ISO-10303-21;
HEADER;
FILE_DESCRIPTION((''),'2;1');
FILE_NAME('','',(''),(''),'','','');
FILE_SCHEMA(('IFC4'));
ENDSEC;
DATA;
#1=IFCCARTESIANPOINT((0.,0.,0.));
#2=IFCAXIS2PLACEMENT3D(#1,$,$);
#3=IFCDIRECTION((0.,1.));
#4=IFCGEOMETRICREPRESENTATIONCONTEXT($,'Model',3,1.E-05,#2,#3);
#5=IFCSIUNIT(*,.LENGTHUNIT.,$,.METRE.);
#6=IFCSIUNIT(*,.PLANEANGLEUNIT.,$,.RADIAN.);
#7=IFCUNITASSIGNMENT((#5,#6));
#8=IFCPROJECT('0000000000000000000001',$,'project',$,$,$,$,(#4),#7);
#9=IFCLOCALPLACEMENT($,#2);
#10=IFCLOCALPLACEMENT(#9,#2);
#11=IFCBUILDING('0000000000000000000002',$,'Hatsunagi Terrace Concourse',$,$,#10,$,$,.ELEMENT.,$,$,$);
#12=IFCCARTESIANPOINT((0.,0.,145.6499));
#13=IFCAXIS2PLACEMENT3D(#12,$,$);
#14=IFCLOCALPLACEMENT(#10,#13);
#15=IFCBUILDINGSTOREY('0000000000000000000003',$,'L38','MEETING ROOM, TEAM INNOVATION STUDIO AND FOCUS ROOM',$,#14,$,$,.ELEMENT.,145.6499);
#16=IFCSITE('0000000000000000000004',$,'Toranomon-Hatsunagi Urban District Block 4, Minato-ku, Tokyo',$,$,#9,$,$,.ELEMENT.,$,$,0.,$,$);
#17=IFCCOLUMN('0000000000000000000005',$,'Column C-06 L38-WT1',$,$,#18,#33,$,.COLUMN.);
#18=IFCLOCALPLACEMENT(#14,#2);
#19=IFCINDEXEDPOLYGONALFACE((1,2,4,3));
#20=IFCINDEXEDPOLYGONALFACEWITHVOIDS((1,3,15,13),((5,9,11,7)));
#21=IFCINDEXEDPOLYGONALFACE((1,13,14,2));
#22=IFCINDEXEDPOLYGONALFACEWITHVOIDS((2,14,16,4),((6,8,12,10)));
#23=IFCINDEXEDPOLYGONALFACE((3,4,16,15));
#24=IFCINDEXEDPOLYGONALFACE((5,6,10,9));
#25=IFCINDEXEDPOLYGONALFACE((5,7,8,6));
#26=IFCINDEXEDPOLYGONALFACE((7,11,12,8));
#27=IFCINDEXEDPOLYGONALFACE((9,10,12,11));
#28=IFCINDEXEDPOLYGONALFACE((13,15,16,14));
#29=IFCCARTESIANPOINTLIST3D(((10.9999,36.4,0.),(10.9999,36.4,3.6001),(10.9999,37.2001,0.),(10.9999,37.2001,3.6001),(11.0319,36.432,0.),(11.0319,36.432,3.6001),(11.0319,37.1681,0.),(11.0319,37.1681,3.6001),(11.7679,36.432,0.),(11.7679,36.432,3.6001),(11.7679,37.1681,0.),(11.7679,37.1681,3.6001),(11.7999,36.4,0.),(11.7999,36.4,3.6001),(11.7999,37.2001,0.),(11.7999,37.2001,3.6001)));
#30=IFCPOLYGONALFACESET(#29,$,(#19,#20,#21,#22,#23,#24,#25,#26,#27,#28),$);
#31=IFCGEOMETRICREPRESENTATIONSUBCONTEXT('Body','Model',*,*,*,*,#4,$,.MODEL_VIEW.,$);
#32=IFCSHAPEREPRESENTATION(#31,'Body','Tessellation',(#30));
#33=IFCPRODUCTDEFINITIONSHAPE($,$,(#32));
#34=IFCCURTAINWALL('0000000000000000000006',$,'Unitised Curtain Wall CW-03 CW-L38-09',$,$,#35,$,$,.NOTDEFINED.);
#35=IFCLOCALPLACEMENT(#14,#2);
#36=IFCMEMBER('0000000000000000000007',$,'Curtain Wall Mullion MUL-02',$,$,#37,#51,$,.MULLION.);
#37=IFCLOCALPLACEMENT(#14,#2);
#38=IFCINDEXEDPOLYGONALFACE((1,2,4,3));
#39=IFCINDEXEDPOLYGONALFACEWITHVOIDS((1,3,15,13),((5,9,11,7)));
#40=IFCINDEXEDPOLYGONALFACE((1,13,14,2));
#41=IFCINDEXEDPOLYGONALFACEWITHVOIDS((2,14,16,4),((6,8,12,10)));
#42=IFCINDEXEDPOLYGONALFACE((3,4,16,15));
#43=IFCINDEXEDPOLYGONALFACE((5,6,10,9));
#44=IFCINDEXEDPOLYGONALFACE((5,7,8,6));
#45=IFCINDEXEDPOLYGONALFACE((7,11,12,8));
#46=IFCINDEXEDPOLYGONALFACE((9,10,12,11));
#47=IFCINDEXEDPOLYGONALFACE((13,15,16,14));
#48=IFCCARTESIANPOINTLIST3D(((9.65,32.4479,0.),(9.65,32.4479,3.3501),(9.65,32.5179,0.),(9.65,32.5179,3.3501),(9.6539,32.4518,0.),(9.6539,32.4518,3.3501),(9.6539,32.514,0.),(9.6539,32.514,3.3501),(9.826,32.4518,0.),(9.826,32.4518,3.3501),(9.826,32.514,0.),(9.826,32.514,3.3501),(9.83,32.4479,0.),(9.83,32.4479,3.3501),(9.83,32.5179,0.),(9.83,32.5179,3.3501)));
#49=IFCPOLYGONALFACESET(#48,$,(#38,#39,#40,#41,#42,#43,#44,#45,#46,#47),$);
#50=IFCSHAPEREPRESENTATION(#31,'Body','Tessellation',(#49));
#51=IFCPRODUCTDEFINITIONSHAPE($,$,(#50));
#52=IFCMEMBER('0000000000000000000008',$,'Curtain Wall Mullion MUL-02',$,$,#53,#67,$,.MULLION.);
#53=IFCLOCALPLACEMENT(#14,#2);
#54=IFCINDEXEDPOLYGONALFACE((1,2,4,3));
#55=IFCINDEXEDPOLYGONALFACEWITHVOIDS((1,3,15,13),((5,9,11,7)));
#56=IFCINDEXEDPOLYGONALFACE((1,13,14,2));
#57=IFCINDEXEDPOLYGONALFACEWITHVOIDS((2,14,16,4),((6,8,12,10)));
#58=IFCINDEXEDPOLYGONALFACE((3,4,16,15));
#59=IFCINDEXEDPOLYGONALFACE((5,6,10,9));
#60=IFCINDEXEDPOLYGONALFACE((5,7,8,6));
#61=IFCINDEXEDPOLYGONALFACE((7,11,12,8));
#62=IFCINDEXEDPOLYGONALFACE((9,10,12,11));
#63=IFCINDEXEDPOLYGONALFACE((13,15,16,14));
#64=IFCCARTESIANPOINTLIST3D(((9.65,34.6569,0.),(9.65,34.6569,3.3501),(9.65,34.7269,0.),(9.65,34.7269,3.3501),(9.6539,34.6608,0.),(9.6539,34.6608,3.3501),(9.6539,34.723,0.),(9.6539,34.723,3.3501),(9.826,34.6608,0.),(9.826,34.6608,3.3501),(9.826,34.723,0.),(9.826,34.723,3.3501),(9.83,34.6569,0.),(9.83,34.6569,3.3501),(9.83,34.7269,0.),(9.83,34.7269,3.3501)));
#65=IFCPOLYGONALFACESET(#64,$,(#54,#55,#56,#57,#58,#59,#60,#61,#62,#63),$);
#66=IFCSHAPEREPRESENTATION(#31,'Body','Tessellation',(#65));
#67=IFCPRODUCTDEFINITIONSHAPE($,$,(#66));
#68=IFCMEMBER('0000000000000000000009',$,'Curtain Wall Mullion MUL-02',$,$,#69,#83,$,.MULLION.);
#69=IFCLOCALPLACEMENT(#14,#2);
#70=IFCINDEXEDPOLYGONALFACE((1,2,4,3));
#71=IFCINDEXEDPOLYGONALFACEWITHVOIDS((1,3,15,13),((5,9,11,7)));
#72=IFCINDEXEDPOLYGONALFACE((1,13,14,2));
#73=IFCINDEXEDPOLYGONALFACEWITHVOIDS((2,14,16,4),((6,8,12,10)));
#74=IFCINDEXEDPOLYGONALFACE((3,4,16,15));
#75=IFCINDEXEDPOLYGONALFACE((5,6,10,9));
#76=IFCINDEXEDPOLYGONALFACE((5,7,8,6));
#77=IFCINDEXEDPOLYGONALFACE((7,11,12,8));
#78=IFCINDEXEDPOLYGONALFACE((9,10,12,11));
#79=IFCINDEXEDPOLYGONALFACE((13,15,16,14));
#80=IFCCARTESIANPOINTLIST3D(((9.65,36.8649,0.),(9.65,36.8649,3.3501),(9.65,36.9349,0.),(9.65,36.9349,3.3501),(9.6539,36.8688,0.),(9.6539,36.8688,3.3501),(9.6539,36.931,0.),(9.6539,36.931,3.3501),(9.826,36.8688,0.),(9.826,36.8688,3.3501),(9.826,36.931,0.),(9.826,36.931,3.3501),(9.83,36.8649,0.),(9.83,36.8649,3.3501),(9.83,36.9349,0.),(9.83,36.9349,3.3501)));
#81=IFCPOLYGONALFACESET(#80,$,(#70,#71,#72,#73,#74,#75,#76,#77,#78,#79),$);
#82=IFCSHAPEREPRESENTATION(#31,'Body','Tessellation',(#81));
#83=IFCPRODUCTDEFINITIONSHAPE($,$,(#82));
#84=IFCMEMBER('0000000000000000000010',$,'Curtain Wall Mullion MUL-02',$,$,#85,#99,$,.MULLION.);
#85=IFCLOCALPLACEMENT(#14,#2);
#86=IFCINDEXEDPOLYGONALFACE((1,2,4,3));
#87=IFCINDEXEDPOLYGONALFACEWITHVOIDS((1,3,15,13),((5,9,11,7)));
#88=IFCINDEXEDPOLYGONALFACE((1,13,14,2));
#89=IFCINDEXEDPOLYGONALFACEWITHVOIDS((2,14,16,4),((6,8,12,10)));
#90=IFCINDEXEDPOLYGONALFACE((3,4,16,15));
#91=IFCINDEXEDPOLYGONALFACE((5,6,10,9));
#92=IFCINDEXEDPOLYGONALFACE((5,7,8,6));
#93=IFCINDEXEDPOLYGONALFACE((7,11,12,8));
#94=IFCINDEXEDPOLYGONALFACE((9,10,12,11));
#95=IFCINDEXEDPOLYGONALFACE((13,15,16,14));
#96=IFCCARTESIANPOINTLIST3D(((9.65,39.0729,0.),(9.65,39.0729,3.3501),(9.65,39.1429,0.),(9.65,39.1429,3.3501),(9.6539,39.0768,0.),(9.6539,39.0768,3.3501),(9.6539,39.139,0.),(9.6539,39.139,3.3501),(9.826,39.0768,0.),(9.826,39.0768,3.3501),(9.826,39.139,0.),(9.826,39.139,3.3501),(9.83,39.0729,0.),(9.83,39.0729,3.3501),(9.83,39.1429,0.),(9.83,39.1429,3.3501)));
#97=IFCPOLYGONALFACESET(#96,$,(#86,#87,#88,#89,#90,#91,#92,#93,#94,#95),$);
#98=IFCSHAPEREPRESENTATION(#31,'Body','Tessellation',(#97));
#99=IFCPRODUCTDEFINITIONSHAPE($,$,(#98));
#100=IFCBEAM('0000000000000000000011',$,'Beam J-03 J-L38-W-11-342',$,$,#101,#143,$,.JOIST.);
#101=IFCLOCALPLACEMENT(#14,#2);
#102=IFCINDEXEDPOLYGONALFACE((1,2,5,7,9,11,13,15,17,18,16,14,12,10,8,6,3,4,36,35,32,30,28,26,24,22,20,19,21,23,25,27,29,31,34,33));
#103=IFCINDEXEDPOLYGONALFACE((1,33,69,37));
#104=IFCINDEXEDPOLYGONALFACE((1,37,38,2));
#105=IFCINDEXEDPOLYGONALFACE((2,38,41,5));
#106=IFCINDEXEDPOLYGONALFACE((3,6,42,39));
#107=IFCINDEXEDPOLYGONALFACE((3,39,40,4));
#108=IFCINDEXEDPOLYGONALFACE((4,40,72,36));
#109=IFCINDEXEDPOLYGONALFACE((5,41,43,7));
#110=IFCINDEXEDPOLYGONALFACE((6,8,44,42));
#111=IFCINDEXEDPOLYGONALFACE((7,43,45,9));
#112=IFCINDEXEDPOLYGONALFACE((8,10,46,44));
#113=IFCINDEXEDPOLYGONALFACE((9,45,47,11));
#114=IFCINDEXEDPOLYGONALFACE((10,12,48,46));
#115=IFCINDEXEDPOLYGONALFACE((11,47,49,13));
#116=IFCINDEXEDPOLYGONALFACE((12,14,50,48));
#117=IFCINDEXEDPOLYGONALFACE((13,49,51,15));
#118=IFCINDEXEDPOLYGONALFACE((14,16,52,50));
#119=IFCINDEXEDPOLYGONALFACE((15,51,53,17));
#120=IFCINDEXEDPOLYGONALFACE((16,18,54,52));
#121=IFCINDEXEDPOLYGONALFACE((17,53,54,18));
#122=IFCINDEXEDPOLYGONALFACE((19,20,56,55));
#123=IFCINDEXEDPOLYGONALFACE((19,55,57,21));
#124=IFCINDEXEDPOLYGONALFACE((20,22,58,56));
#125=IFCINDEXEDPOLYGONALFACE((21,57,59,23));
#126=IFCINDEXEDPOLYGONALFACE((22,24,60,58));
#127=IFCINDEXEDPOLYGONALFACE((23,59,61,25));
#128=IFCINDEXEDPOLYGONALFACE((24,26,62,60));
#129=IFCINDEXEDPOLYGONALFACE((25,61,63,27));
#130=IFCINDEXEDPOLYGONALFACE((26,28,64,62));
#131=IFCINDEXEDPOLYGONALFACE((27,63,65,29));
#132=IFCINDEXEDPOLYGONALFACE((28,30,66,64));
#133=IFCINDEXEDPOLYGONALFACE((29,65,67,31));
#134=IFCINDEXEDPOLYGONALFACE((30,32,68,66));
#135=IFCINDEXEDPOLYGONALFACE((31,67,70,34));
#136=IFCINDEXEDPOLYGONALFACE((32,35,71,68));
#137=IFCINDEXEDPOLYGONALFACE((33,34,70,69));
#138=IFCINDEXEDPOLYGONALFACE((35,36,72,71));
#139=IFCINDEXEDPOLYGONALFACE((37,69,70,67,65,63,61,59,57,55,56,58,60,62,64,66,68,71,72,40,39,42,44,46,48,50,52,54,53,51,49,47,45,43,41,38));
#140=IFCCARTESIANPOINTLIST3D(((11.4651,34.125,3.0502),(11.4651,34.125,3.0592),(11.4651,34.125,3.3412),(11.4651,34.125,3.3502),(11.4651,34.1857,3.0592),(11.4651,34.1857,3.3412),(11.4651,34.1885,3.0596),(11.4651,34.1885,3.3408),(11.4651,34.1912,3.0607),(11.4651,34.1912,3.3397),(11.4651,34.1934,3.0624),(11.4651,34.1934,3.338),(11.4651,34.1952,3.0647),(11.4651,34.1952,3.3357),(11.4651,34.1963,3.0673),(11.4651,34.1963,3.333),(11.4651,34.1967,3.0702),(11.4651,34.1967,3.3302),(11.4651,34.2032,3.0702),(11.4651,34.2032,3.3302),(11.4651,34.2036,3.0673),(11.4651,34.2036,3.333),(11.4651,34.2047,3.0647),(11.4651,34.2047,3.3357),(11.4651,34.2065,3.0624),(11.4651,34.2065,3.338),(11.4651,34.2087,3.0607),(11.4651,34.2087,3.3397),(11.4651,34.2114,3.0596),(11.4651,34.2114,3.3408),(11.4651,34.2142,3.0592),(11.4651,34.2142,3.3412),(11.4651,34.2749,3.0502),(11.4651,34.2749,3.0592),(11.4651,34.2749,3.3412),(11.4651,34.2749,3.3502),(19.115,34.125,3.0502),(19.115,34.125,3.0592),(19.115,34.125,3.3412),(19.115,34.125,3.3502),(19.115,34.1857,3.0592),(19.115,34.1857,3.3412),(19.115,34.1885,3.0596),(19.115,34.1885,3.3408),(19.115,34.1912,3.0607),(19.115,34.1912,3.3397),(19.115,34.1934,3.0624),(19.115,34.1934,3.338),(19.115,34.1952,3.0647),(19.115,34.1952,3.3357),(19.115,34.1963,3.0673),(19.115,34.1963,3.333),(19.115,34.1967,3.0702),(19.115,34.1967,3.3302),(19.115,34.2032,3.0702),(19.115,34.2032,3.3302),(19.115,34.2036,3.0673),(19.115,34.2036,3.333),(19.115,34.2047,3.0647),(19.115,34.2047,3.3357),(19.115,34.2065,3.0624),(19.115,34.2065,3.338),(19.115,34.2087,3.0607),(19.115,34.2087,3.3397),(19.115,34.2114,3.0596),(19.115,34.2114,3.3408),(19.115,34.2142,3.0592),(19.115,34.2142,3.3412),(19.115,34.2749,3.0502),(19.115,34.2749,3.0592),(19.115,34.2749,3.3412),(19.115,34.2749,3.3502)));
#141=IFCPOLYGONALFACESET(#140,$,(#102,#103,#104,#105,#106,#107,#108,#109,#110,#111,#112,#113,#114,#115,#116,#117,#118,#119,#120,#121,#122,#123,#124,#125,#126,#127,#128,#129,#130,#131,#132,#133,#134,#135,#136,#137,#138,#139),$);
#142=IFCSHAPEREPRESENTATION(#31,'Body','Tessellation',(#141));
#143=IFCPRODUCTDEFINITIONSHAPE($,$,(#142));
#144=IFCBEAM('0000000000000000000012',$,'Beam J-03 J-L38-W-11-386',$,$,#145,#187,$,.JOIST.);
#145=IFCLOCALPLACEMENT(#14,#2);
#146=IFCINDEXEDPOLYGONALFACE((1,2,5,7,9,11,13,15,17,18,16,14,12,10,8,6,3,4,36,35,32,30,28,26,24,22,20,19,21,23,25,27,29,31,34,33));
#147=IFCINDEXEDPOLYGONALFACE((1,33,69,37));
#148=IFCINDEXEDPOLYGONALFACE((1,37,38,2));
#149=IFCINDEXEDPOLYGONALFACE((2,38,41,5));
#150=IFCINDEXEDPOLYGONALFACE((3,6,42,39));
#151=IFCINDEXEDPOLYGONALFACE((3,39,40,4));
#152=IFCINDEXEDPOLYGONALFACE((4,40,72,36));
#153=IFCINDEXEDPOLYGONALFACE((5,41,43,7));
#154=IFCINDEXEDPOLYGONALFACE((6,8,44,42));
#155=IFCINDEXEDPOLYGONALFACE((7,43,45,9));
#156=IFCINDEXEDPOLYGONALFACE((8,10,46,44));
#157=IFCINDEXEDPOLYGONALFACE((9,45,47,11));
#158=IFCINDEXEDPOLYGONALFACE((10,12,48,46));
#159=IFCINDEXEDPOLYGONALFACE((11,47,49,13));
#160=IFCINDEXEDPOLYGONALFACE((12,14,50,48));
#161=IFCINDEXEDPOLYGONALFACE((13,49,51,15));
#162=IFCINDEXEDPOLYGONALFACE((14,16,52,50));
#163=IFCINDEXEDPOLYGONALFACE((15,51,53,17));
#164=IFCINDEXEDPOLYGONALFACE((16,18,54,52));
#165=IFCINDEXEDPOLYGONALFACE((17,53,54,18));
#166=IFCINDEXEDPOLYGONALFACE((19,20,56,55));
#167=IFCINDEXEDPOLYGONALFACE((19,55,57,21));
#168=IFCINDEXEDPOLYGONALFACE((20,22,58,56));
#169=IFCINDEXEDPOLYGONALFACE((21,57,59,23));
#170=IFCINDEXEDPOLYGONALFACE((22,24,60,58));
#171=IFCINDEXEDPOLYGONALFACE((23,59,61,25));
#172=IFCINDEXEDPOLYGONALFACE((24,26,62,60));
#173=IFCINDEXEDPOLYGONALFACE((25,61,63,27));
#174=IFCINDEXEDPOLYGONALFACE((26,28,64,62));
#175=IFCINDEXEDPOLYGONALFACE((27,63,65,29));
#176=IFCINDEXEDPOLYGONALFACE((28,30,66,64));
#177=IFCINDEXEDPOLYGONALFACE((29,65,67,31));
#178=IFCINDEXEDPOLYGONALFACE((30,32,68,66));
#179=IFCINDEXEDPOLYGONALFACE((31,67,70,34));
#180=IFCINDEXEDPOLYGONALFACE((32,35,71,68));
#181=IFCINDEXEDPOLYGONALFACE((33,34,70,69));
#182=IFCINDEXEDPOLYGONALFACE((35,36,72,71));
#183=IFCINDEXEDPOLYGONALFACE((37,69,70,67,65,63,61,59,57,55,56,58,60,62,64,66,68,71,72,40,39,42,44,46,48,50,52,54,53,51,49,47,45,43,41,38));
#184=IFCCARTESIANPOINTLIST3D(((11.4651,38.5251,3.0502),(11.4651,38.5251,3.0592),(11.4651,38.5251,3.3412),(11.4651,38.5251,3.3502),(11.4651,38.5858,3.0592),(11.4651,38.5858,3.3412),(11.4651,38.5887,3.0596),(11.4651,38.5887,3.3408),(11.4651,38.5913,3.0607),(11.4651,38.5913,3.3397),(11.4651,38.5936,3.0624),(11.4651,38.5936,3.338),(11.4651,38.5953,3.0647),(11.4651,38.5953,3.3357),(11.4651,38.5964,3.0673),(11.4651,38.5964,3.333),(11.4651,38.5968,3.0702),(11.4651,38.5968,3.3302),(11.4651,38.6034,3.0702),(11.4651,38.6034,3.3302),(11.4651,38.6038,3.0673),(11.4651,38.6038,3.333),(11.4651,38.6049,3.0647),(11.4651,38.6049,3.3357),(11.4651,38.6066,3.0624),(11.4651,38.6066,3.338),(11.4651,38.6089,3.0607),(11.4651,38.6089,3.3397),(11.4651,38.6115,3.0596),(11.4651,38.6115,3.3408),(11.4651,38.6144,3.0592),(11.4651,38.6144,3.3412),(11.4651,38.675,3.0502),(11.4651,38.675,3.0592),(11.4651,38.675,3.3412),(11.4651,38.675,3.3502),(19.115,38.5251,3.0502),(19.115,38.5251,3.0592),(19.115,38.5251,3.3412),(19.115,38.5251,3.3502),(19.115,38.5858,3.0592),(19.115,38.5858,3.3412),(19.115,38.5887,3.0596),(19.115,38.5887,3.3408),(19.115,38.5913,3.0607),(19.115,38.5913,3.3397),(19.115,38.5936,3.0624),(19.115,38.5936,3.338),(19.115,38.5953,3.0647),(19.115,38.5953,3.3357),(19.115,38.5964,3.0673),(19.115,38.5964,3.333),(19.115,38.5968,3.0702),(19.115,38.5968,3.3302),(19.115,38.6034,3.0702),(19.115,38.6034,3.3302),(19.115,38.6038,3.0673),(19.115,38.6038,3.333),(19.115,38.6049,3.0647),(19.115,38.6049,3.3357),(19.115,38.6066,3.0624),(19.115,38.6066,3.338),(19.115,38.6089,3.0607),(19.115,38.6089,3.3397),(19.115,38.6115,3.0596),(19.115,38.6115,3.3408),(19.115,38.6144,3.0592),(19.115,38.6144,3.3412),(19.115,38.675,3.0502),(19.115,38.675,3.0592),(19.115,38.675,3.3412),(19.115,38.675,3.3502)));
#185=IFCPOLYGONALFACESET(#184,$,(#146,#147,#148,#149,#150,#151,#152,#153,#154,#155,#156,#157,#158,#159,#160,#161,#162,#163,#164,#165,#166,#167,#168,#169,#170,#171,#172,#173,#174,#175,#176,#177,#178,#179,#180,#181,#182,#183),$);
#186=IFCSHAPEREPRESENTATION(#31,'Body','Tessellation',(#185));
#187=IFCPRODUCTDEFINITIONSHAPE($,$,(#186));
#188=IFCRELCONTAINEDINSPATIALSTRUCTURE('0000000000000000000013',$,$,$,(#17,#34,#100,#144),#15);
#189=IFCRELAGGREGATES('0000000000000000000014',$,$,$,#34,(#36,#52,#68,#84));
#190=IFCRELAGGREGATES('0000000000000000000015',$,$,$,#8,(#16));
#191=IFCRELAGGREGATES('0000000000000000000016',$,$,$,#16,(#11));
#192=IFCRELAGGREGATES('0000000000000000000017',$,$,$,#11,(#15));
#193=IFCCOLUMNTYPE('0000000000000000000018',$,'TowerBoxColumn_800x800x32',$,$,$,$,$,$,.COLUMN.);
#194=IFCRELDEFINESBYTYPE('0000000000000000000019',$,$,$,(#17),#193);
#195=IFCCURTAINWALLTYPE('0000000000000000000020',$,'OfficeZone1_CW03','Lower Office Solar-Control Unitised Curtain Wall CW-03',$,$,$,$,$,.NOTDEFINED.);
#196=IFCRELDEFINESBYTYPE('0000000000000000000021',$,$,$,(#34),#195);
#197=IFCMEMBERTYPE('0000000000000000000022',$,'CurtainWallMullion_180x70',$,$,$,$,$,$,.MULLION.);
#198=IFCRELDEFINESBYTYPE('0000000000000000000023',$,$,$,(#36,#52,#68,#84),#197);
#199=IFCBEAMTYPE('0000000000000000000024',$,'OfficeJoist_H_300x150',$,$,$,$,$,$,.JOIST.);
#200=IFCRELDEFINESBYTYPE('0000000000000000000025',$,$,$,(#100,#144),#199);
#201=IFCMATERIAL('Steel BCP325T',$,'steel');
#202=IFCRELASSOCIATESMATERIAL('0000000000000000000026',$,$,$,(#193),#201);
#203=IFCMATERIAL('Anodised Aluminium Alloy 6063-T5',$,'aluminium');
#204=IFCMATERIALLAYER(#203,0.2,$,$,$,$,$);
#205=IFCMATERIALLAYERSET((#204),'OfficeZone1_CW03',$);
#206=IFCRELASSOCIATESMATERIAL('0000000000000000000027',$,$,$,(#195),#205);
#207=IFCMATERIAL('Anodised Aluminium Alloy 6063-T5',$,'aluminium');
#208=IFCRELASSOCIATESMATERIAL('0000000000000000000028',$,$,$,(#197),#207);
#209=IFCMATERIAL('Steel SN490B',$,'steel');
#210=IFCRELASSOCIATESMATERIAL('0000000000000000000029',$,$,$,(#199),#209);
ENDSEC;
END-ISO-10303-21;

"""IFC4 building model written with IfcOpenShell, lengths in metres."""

from ifc_helpers import new_model, si_unit, direction, frame, origin, origin_2d, place, context, subcontext, project, spatial, hollow_rectangle, i_section, extrude, material, layer, layer_set, material_profile, profile_set, type_object, element, aggregate, save


model = new_model("IFC4")

# Units and contexts
model_context = context("Model", 3, precision=1e-05, world=origin(), true_north=direction((0.0, 1.0)))
body_context = subcontext(model_context, "Body", "Model", "MODEL_VIEW")
ifc_project = project(units=[si_unit("LENGTHUNIT", "METRE"), si_unit("PLANEANGLEUNIT", "RADIAN")], contexts=[model_context])

# Site, building, storey
site_placement = place(None, origin())
site = spatial("IfcSite", under=ifc_project, at=site_placement, Name="Toranomon-Hatsunagi Urban District Block 4, Minato-ku, Tokyo", CompositionType="ELEMENT", RefElevation=0.0)
building_placement = place(site_placement, origin())
building = spatial("IfcBuilding", under=site, at=building_placement, Name="Hatsunagi Terrace Concourse", CompositionType="ELEMENT")
storey_placement = place(building_placement, frame((0.0, 0.0, 145.6499)))
storey = spatial("IfcBuildingStorey", under=building, at=storey_placement, Name="L38", Description="MEETING ROOM, TEAM INNOVATION STUDIO AND FOCUS ROOM", CompositionType="ELEMENT", Elevation=145.6499)

# Column
ifc_material_1 = material(Name="Steel BCP325T", Category="steel")
ifc_material_profile_1 = material_profile(ifc_material_1, hollow_rectangle(XDim=0.8, YDim=0.8, WallThickness=0.032, at=origin_2d()), Name="BCP-800x800x32")
ifc_profile_set_1 = profile_set([ifc_material_profile_1], Name="Steel BCP325T")
column_type = type_object("IfcColumnType", Name="TowerBoxColumn_800x800x32", PredefinedType="COLUMN", material=ifc_profile_set_1)
column_placement = place(storey_placement, frame((11.3999, 36.8, 0.0), z_axis=(0.0, 0.0, 1.0), x_axis=(1.0, 0.0, 0.0)))
element("IfcColumn", 1, at=column_placement, inside=storey, type_object=column_type, Name="Column C-06 L38-WT1", PredefinedType="COLUMN", context=body_context, shape_type="SweptSolid", body=[
    extrude(hollow_rectangle(XDim=0.8, YDim=0.8, WallThickness=0.032, at=origin_2d()), origin(), (0.0, 0.0, 1.0), 3.6001),
])

# Curtain wall, members
ifc_material_2 = material(Name="Anodised Aluminium Alloy 6063-T5", Category="aluminium")
ifc_layer_1 = layer(ifc_material_2, 0.2)
ifc_layer_set_1 = layer_set([ifc_layer_1], Name="OfficeZone1_CW03")
curtain_wall_type = type_object("IfcCurtainWallType", Name="OfficeZone1_CW03", Description="Lower Office Solar-Control Unitised Curtain Wall CW-03", PredefinedType="NOTDEFINED", material=ifc_layer_set_1)
curtain_wall_placement = place(storey_placement, origin())
curtain_wall = element("IfcCurtainWall", 2, at=curtain_wall_placement, inside=storey, type_object=curtain_wall_type, Name="Unitised Curtain Wall CW-03 CW-L38-09", PredefinedType="NOTDEFINED")
ifc_material_3 = material(Name="Anodised Aluminium Alloy 6063-T5", Category="aluminium")
ifc_material_profile_2 = material_profile(ifc_material_3, hollow_rectangle(XDim=0.0701, YDim=0.1799, WallThickness=0.0039, at=origin_2d()), Name="ALU-MUL-180x70x4")
ifc_profile_set_2 = profile_set([ifc_material_profile_2], Name="Anodised Aluminium Alloy 6063-T5")
member_type = type_object("IfcMemberType", Name="CurtainWallMullion_180x70", PredefinedType="MULLION", material=ifc_profile_set_2)
member_1_placement = place(storey_placement, frame((9.74, 32.4829, 0.0), z_axis=(0.0, 0.0, 1.0), x_axis=(0.0, 1.0, 0.0)))
member_1 = element("IfcMember", 3, at=member_1_placement, type_object=member_type, Name="Curtain Wall Mullion MUL-02", PredefinedType="MULLION", context=body_context, shape_type="SweptSolid", body=[
    extrude(hollow_rectangle(XDim=0.0701, YDim=0.1799, WallThickness=0.0039, at=origin_2d()), origin(), (0.0, 0.0, 1.0), 3.3501),
])
member_2_placement = place(storey_placement, frame((9.74, 34.6919, 0.0), z_axis=(0.0, 0.0, 1.0), x_axis=(0.0, 1.0, 0.0)))
member_2 = element("IfcMember", 4, at=member_2_placement, type_object=member_type, Name="Curtain Wall Mullion MUL-02", PredefinedType="MULLION", context=body_context, shape_type="SweptSolid", body=[
    extrude(hollow_rectangle(XDim=0.0701, YDim=0.1799, WallThickness=0.0039, at=origin_2d()), origin(), (0.0, 0.0, 1.0), 3.3501),
])
member_3_placement = place(storey_placement, frame((9.74, 36.8999, 0.0), z_axis=(0.0, 0.0, 1.0), x_axis=(0.0, 1.0, 0.0)))
member_3 = element("IfcMember", 5, at=member_3_placement, type_object=member_type, Name="Curtain Wall Mullion MUL-02", PredefinedType="MULLION", context=body_context, shape_type="SweptSolid", body=[
    extrude(hollow_rectangle(XDim=0.0701, YDim=0.1799, WallThickness=0.0039, at=origin_2d()), origin(), (0.0, 0.0, 1.0), 3.3501),
])
member_4_placement = place(storey_placement, frame((9.74, 39.1079, 0.0), z_axis=(0.0, 0.0, 1.0), x_axis=(0.0, 1.0, 0.0)))
member_4 = element("IfcMember", 6, at=member_4_placement, type_object=member_type, Name="Curtain Wall Mullion MUL-02", PredefinedType="MULLION", context=body_context, shape_type="SweptSolid", body=[
    extrude(hollow_rectangle(XDim=0.0701, YDim=0.1799, WallThickness=0.0039, at=origin_2d()), origin(), (0.0, 0.0, 1.0), 3.3501),
])

# Beams
ifc_material_4 = material(Name="Steel SN490B", Category="steel")
ifc_material_profile_3 = material_profile(ifc_material_4, i_section(OverallWidth=0.1499, OverallDepth=0.3, WebThickness=0.0066, FlangeThickness=0.009, FilletRadius=0.011, at=origin_2d()), Name="H-300x150x6.5x9")
ifc_profile_set_3 = profile_set([ifc_material_profile_3], Name="Steel SN490B")
beam_type_1 = type_object("IfcBeamType", Name="OfficeJoist_H_300x150", PredefinedType="JOIST", material=ifc_profile_set_3)
for number, where, z_axis, x_axis, name in (
    (7, (11.4651, 34.2, 3.2002), (1.0, 0.0, 0.0), (0.0, 1.0, 0.0), "Beam J-03 J-L38-W-11-342"),
    (8, (11.4651, 38.6001, 3.2002), (1.0, 0.0, 0.0), (0.0, 1.0, 0.0), "Beam J-03 J-L38-W-11-386"),
):
    element("IfcBeam", number, at=place(storey_placement, frame(where, z_axis=z_axis, x_axis=x_axis)), inside=storey, type_object=beam_type_1, Name=name, PredefinedType="JOIST", context=body_context, shape_type="SweptSolid", body=[
        extrude(i_section(OverallWidth=0.1499, OverallDepth=0.3, WebThickness=0.0066, FlangeThickness=0.009, FilletRadius=0.011, at=origin_2d()), origin(), (0.0, 0.0, 1.0), 7.6499),
    ])

aggregate(curtain_wall, [member_1, member_2, member_3, member_4])

save(model, "model.ifc")
